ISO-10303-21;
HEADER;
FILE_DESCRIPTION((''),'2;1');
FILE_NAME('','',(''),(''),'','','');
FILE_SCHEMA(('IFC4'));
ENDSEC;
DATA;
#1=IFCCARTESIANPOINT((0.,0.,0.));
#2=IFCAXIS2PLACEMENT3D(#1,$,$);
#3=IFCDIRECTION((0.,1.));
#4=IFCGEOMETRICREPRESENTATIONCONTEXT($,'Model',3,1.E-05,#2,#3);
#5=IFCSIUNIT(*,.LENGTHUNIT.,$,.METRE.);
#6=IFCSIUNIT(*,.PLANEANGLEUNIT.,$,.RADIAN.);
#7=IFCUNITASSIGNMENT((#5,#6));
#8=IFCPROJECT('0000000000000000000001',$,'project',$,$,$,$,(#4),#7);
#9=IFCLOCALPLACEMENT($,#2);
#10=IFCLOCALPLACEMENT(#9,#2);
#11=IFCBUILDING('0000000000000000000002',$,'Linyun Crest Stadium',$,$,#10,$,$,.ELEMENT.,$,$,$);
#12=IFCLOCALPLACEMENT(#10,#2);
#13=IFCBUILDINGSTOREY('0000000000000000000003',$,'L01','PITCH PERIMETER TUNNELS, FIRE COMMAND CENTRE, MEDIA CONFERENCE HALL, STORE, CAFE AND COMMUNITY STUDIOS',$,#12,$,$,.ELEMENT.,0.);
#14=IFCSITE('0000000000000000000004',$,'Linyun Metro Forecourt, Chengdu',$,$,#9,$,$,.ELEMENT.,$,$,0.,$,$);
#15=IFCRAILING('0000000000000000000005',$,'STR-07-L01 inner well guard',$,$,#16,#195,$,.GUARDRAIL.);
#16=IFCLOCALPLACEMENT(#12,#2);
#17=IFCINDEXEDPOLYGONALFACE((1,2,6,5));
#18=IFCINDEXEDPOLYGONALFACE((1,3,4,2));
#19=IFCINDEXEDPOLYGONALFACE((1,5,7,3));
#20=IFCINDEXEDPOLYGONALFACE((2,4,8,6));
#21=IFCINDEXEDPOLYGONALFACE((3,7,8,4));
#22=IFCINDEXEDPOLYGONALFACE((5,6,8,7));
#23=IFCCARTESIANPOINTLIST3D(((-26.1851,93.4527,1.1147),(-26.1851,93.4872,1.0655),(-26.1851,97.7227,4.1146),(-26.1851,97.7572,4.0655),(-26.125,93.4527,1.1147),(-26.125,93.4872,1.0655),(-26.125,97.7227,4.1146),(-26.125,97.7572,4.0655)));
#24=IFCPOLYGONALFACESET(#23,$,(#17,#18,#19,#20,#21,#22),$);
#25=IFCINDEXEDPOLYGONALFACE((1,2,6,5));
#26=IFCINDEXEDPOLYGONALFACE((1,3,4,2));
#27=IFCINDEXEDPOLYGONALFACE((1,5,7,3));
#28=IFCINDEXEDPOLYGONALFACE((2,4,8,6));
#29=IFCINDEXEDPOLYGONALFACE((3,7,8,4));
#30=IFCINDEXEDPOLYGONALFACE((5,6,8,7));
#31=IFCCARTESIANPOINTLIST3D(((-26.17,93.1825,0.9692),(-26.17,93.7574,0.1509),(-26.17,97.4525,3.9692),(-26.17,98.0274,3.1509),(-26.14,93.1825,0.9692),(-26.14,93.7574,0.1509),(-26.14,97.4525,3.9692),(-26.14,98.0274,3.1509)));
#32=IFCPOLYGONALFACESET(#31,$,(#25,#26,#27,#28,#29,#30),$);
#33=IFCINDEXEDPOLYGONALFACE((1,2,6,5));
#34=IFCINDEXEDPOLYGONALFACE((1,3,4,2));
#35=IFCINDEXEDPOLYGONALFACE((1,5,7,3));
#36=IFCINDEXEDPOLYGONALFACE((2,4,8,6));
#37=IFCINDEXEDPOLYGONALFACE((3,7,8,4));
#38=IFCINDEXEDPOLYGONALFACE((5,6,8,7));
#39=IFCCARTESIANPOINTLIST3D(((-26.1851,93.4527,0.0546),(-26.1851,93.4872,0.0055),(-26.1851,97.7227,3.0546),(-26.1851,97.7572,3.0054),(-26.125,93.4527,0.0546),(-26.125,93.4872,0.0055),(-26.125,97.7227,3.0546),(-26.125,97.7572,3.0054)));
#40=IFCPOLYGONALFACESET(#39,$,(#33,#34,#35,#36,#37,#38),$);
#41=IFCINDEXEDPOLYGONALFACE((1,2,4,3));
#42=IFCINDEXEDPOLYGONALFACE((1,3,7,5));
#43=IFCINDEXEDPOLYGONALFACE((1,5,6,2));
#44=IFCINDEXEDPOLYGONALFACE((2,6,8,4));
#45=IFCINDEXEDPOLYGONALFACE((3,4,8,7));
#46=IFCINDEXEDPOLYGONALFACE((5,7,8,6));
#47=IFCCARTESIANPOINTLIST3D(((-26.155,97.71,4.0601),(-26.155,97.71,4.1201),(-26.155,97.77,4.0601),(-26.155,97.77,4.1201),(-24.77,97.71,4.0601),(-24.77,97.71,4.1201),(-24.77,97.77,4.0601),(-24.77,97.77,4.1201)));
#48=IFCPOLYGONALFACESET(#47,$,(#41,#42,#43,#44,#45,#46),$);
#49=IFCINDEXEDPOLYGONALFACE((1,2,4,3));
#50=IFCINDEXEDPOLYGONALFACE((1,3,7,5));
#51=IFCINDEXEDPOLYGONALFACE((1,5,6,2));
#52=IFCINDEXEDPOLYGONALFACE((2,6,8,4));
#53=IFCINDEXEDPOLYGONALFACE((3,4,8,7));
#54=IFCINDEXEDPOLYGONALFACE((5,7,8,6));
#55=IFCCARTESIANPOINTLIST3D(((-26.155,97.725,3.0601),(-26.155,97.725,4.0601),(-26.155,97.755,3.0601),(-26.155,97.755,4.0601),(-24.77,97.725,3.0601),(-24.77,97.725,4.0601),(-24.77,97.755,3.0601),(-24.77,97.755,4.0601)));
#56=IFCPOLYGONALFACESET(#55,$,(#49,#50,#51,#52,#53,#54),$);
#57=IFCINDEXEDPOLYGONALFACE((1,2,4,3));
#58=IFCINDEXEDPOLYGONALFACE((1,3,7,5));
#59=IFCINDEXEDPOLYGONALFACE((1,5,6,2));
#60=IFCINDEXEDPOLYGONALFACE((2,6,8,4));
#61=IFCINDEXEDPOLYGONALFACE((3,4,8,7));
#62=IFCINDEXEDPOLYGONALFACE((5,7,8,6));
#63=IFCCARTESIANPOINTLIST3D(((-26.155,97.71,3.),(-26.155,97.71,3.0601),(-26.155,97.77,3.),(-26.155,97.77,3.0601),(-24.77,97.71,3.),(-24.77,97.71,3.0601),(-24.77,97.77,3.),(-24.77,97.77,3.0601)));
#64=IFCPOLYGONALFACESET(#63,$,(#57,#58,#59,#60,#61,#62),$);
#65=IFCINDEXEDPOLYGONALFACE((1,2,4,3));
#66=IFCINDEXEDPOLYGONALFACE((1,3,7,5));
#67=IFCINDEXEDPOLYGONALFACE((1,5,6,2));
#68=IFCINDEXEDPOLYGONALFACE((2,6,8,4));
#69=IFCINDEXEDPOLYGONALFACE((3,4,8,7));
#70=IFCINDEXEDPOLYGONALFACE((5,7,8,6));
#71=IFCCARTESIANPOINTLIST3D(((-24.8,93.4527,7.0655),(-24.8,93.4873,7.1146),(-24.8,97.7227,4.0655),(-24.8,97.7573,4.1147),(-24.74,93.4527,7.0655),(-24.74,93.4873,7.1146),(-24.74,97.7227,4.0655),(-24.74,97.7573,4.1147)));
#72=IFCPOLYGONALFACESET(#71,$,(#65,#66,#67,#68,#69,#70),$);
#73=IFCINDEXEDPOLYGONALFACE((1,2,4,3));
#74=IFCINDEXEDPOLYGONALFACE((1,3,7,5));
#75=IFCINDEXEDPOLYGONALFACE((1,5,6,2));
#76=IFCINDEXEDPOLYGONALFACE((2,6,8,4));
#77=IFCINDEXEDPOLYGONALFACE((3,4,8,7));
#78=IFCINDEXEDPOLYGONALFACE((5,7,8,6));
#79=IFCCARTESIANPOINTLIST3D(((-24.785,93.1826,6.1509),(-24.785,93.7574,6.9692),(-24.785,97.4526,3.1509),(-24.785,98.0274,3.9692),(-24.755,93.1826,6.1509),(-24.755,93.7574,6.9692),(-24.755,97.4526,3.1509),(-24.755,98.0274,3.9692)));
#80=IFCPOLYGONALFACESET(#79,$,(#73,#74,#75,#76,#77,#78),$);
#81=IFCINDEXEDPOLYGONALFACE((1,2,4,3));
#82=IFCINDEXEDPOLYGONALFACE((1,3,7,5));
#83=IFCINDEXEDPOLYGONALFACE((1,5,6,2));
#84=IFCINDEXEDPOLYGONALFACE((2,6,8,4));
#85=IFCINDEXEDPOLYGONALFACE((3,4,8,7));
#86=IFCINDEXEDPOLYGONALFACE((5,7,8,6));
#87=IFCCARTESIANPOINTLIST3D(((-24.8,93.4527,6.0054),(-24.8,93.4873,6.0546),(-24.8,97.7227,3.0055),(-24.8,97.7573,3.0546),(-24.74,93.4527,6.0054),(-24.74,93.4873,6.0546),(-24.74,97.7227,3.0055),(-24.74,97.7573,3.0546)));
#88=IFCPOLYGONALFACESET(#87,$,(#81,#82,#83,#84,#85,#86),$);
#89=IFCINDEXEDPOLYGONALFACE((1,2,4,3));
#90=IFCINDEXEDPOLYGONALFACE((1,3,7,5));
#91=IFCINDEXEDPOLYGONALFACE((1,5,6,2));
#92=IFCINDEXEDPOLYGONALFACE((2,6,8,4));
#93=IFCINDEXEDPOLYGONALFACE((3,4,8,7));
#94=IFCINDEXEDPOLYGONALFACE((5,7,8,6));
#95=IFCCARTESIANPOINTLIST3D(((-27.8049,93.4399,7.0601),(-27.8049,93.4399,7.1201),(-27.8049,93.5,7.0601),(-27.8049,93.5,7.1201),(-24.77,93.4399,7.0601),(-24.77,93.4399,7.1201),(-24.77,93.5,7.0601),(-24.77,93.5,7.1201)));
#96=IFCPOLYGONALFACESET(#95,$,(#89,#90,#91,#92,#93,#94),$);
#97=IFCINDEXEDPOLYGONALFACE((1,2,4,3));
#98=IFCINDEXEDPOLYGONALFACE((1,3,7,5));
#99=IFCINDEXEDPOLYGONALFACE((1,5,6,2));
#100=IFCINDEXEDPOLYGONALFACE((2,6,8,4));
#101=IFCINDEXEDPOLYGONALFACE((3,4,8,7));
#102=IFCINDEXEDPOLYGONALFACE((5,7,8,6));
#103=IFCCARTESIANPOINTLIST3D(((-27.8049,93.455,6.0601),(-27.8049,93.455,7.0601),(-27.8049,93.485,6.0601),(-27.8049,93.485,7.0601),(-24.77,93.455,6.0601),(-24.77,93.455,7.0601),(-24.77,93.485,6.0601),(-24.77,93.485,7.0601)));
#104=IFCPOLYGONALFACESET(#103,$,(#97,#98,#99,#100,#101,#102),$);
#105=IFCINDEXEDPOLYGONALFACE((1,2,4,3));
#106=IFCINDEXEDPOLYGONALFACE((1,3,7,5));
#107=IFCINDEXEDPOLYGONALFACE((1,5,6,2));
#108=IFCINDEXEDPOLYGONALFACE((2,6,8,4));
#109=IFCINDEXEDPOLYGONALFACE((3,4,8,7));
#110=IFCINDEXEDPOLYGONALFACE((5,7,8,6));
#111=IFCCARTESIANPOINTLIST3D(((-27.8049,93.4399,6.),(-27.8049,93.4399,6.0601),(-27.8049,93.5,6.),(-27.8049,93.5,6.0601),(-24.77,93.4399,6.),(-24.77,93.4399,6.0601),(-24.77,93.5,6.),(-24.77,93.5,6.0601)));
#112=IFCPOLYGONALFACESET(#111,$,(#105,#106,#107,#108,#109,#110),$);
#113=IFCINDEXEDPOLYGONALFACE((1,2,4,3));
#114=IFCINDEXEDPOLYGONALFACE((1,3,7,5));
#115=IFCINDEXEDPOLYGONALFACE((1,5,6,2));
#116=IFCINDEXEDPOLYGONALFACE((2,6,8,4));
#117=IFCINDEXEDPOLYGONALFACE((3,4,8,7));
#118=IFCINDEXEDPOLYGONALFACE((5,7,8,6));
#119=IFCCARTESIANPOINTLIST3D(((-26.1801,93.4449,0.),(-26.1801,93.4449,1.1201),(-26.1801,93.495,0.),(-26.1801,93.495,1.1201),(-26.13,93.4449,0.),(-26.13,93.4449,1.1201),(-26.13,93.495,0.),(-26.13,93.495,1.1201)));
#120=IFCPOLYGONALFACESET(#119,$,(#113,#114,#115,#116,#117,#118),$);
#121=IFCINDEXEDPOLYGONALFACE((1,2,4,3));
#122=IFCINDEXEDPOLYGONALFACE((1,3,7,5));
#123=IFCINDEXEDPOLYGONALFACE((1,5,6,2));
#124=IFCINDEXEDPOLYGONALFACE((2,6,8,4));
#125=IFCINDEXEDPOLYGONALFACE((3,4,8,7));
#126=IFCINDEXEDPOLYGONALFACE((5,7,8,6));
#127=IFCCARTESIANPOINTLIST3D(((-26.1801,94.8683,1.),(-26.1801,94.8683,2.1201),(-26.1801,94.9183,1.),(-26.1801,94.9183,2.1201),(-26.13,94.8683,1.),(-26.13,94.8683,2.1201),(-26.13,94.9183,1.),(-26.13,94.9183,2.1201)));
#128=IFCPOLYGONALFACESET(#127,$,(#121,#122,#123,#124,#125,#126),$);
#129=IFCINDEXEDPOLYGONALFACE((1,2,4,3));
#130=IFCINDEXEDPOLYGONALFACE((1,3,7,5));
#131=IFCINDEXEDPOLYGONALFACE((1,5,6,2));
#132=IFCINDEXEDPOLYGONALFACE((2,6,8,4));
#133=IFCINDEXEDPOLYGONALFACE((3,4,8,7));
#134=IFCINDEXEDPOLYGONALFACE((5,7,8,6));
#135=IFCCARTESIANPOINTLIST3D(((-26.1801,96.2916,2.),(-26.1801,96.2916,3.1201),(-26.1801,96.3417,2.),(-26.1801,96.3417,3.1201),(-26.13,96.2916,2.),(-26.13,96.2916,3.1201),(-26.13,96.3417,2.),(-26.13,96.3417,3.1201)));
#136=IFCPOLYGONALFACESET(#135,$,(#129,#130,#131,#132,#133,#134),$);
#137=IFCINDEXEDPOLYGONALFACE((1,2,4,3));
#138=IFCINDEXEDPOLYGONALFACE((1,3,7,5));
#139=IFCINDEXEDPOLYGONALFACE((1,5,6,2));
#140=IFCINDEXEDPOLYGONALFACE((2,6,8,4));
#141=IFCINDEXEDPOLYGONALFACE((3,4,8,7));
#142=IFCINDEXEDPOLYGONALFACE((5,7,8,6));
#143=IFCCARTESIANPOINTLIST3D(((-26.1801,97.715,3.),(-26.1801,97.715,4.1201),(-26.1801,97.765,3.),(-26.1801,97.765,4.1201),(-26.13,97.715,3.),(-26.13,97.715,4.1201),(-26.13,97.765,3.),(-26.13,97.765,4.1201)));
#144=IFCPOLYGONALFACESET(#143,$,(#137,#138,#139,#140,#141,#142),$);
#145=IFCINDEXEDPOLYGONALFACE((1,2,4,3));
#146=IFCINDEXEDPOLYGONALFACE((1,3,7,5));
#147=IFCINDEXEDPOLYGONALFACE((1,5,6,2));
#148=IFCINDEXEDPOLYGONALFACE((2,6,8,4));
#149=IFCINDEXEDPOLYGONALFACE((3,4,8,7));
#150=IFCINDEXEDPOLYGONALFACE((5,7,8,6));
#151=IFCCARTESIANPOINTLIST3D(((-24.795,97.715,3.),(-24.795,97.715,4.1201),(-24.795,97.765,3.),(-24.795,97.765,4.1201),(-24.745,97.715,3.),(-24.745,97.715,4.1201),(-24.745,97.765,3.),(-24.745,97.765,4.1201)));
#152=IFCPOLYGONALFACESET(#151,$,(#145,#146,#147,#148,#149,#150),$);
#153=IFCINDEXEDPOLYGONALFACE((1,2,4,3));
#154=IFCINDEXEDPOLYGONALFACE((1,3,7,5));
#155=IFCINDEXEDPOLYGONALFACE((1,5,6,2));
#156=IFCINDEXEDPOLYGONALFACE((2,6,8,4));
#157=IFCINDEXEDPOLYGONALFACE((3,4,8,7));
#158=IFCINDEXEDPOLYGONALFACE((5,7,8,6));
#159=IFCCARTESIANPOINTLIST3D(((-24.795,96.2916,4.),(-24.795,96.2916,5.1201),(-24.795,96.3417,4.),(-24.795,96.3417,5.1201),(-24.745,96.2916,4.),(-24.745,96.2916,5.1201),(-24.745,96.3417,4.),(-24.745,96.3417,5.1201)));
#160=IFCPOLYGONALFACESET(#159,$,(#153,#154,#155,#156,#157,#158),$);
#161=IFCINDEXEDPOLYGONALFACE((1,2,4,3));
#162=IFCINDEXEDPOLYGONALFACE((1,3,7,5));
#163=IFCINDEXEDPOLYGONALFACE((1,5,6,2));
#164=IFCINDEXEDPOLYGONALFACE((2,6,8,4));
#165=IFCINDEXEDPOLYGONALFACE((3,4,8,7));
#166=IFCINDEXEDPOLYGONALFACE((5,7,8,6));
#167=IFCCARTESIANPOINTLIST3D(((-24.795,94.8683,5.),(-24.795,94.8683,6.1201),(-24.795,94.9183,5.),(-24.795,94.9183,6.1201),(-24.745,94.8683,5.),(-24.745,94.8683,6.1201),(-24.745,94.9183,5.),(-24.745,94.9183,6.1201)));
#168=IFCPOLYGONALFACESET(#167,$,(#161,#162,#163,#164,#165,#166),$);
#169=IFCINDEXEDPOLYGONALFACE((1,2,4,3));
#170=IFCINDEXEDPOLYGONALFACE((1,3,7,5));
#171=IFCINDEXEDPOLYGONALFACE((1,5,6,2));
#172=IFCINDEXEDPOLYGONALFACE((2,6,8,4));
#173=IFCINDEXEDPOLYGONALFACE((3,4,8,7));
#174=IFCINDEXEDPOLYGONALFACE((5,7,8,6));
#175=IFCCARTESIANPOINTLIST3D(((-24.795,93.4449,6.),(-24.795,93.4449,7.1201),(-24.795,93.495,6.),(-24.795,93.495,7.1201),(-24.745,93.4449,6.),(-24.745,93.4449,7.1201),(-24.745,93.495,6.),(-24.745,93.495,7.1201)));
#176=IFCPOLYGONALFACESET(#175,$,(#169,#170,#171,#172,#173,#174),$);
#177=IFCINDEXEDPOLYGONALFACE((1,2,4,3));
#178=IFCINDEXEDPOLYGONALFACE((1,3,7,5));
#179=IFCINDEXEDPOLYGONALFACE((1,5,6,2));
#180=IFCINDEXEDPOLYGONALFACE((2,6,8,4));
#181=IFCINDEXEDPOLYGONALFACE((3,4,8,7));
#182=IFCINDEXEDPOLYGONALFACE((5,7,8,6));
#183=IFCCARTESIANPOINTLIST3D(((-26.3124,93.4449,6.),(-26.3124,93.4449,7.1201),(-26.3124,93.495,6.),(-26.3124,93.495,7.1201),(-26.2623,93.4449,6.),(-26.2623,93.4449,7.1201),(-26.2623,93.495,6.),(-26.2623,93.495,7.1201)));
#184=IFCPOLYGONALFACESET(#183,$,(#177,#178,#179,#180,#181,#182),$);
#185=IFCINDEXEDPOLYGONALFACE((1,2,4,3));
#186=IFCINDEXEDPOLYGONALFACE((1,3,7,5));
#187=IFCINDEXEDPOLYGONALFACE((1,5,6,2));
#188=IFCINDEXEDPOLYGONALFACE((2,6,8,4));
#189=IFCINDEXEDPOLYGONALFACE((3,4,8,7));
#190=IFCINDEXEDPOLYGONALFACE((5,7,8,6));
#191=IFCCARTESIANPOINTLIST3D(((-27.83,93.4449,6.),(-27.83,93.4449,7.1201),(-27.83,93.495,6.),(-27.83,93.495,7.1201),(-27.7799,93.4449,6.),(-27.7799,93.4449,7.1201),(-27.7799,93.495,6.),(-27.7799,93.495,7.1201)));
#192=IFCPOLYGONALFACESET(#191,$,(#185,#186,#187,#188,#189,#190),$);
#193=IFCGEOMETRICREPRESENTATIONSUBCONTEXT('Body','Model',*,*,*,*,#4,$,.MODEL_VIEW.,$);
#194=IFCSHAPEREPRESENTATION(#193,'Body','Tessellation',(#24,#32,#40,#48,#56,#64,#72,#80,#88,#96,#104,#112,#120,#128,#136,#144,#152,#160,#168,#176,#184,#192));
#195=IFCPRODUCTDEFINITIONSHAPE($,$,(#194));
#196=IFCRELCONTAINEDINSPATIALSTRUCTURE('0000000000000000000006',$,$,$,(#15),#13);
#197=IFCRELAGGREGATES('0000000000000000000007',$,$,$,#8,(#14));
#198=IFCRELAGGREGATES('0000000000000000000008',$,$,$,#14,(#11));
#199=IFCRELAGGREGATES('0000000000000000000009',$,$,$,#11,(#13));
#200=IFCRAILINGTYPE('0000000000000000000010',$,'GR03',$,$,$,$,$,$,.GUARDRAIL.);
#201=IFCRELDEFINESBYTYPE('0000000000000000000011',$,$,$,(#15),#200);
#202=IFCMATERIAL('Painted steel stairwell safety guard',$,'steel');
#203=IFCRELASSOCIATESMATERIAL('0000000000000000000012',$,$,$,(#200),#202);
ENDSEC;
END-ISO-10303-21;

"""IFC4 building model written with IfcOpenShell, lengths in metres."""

from ifc_helpers import new_model, si_unit, direction, frame, origin, origin_2d, place, context, subcontext, project, spatial, rectangle, extrude, material, type_object, element, save


model = new_model("IFC4")

# Units and contexts
model_context = context("Model", 3, precision=1e-05, world=origin(), true_north=direction((0.0, 1.0)))
body_context = subcontext(model_context, "Body", "Model", "MODEL_VIEW")
ifc_project = project(units=[si_unit("LENGTHUNIT", "METRE"), si_unit("PLANEANGLEUNIT", "RADIAN")], contexts=[model_context])

# Site, building, storey
site_placement = place(None, origin())
site = spatial("IfcSite", under=ifc_project, at=site_placement, Name="Linyun Metro Forecourt, Chengdu", CompositionType="ELEMENT", RefElevation=0.0)
building_placement = place(site_placement, origin())
building = spatial("IfcBuilding", under=site, at=building_placement, Name="Linyun Crest Stadium", CompositionType="ELEMENT")
storey_placement = place(building_placement, origin())
storey = spatial("IfcBuildingStorey", under=building, at=storey_placement, Name="L01", Description="PITCH PERIMETER TUNNELS, FIRE COMMAND CENTRE, MEDIA CONFERENCE HALL, STORE, CAFE AND COMMUNITY STUDIOS", CompositionType="ELEMENT", Elevation=0.0)

# Railing
ifc_material_1 = material(Name="Painted steel stairwell safety guard", Category="steel")
railing_type_1 = type_object("IfcRailingType", Name="GR03", PredefinedType="GUARDRAIL", material=ifc_material_1)
railing_1_placement = place(storey_placement, frame((-26.155, 93.47, 0.0)))
element("IfcRailing", 1, at=railing_1_placement, inside=storey, type_object=railing_type_1, Name="STR-07-L01 inner well guard", PredefinedType="GUARDRAIL", context=body_context, shape_type="SweptSolid", body=[
    extrude(rectangle(XDim=0.0601, YDim=0.0601, at=origin_2d()), frame((0.0, 0.0, 1.0901), z_axis=(0.0, 0.818242, 0.574874), x_axis=(-1.0, 0.0, 0.0)), (0.0, 0.0, 1.0), 5.2185),
    extrude(rectangle(XDim=0.03, YDim=1.0, at=origin_2d()), frame((0.0, 0.0, 0.5601), z_axis=(0.0, 0.818242, 0.574874), x_axis=(-1.0, 0.0, 0.0)), (0.0, 0.0, 1.0), 5.2185),
    extrude(rectangle(XDim=0.0601, YDim=0.0601, at=origin_2d()), frame((0.0, 0.0, 0.03), z_axis=(0.0, 0.818242, 0.574874), x_axis=(-1.0, 0.0, 0.0)), (0.0, 0.0, 1.0), 5.2185),
    extrude(rectangle(XDim=0.0601, YDim=0.0601, at=origin_2d()), frame((0.0, 4.27, 4.0901), z_axis=(1.0, 0.0, 0.0), x_axis=(0.0, 1.0, 0.0)), (0.0, 0.0, 1.0), 1.385),
    extrude(rectangle(XDim=0.03, YDim=1.0, at=origin_2d()), frame((0.0, 4.27, 3.5601), z_axis=(1.0, 0.0, 0.0), x_axis=(0.0, 1.0, 0.0)), (0.0, 0.0, 1.0), 1.385),
    extrude(rectangle(XDim=0.0601, YDim=0.0601, at=origin_2d()), frame((0.0, 4.27, 3.03), z_axis=(1.0, 0.0, 0.0), x_axis=(0.0, 1.0, 0.0)), (0.0, 0.0, 1.0), 1.385),
    extrude(rectangle(XDim=0.0601, YDim=0.0601, at=origin_2d()), frame((1.385, 4.27, 4.0901), z_axis=(0.0, -0.818242, 0.574874), x_axis=(1.0, 0.0, 0.0)), (0.0, 0.0, 1.0), 5.2185),
    extrude(rectangle(XDim=0.03, YDim=1.0, at=origin_2d()), frame((1.385, 4.27, 3.5601), z_axis=(0.0, -0.818242, 0.574874), x_axis=(1.0, 0.0, 0.0)), (0.0, 0.0, 1.0), 5.2185),
    extrude(rectangle(XDim=0.0601, YDim=0.0601, at=origin_2d()), frame((1.385, 4.27, 3.03), z_axis=(0.0, -0.818242, 0.574874), x_axis=(1.0, 0.0, 0.0)), (0.0, 0.0, 1.0), 5.2185),
    extrude(rectangle(XDim=0.0601, YDim=0.0601, at=origin_2d()), frame((1.385, 0.0, 7.0901), z_axis=(-1.0, 0.0, 0.0), x_axis=(0.0, -1.0, 0.0)), (0.0, 0.0, 1.0), 3.0349),
    extrude(rectangle(XDim=0.03, YDim=1.0, at=origin_2d()), frame((1.385, 0.0, 6.5601), z_axis=(-1.0, 0.0, 0.0), x_axis=(0.0, -1.0, 0.0)), (0.0, 0.0, 1.0), 3.0349),
    extrude(rectangle(XDim=0.0601, YDim=0.0601, at=origin_2d()), frame((1.385, 0.0, 6.03), z_axis=(-1.0, 0.0, 0.0), x_axis=(0.0, -1.0, 0.0)), (0.0, 0.0, 1.0), 3.0349),
    extrude(rectangle(XDim=0.05, YDim=0.05, at=origin_2d()), origin(), (0.0, 0.0, 1.0), 1.1201),
    extrude(rectangle(XDim=0.05, YDim=0.05, at=origin_2d()), frame((0.0, 1.4233, 1.0)), (0.0, 0.0, 1.0), 1.1201),
    extrude(rectangle(XDim=0.05, YDim=0.05, at=origin_2d()), frame((0.0, 2.8467, 2.0)), (0.0, 0.0, 1.0), 1.1201),
    extrude(rectangle(XDim=0.05, YDim=0.05, at=origin_2d()), frame((0.0, 4.27, 3.0)), (0.0, 0.0, 1.0), 1.1201),
    extrude(rectangle(XDim=0.05, YDim=0.05, at=origin_2d()), frame((1.385, 4.27, 3.0)), (0.0, 0.0, 1.0), 1.1201),
    extrude(rectangle(XDim=0.05, YDim=0.05, at=origin_2d()), frame((1.385, 2.8467, 4.0)), (0.0, 0.0, 1.0), 1.1201),
    extrude(rectangle(XDim=0.05, YDim=0.05, at=origin_2d()), frame((1.385, 1.4233, 5.0)), (0.0, 0.0, 1.0), 1.1201),
    extrude(rectangle(XDim=0.05, YDim=0.05, at=origin_2d()), frame((1.385, 0.0, 6.0)), (0.0, 0.0, 1.0), 1.1201),
    extrude(rectangle(XDim=0.05, YDim=0.05, at=origin_2d()), frame((-0.1323, 0.0, 6.0)), (0.0, 0.0, 1.0), 1.1201),
    extrude(rectangle(XDim=0.05, YDim=0.05, at=origin_2d()), frame((-1.6499, 0.0, 6.0)), (0.0, 0.0, 1.0), 1.1201),
])

save(model, "model.ifc")
